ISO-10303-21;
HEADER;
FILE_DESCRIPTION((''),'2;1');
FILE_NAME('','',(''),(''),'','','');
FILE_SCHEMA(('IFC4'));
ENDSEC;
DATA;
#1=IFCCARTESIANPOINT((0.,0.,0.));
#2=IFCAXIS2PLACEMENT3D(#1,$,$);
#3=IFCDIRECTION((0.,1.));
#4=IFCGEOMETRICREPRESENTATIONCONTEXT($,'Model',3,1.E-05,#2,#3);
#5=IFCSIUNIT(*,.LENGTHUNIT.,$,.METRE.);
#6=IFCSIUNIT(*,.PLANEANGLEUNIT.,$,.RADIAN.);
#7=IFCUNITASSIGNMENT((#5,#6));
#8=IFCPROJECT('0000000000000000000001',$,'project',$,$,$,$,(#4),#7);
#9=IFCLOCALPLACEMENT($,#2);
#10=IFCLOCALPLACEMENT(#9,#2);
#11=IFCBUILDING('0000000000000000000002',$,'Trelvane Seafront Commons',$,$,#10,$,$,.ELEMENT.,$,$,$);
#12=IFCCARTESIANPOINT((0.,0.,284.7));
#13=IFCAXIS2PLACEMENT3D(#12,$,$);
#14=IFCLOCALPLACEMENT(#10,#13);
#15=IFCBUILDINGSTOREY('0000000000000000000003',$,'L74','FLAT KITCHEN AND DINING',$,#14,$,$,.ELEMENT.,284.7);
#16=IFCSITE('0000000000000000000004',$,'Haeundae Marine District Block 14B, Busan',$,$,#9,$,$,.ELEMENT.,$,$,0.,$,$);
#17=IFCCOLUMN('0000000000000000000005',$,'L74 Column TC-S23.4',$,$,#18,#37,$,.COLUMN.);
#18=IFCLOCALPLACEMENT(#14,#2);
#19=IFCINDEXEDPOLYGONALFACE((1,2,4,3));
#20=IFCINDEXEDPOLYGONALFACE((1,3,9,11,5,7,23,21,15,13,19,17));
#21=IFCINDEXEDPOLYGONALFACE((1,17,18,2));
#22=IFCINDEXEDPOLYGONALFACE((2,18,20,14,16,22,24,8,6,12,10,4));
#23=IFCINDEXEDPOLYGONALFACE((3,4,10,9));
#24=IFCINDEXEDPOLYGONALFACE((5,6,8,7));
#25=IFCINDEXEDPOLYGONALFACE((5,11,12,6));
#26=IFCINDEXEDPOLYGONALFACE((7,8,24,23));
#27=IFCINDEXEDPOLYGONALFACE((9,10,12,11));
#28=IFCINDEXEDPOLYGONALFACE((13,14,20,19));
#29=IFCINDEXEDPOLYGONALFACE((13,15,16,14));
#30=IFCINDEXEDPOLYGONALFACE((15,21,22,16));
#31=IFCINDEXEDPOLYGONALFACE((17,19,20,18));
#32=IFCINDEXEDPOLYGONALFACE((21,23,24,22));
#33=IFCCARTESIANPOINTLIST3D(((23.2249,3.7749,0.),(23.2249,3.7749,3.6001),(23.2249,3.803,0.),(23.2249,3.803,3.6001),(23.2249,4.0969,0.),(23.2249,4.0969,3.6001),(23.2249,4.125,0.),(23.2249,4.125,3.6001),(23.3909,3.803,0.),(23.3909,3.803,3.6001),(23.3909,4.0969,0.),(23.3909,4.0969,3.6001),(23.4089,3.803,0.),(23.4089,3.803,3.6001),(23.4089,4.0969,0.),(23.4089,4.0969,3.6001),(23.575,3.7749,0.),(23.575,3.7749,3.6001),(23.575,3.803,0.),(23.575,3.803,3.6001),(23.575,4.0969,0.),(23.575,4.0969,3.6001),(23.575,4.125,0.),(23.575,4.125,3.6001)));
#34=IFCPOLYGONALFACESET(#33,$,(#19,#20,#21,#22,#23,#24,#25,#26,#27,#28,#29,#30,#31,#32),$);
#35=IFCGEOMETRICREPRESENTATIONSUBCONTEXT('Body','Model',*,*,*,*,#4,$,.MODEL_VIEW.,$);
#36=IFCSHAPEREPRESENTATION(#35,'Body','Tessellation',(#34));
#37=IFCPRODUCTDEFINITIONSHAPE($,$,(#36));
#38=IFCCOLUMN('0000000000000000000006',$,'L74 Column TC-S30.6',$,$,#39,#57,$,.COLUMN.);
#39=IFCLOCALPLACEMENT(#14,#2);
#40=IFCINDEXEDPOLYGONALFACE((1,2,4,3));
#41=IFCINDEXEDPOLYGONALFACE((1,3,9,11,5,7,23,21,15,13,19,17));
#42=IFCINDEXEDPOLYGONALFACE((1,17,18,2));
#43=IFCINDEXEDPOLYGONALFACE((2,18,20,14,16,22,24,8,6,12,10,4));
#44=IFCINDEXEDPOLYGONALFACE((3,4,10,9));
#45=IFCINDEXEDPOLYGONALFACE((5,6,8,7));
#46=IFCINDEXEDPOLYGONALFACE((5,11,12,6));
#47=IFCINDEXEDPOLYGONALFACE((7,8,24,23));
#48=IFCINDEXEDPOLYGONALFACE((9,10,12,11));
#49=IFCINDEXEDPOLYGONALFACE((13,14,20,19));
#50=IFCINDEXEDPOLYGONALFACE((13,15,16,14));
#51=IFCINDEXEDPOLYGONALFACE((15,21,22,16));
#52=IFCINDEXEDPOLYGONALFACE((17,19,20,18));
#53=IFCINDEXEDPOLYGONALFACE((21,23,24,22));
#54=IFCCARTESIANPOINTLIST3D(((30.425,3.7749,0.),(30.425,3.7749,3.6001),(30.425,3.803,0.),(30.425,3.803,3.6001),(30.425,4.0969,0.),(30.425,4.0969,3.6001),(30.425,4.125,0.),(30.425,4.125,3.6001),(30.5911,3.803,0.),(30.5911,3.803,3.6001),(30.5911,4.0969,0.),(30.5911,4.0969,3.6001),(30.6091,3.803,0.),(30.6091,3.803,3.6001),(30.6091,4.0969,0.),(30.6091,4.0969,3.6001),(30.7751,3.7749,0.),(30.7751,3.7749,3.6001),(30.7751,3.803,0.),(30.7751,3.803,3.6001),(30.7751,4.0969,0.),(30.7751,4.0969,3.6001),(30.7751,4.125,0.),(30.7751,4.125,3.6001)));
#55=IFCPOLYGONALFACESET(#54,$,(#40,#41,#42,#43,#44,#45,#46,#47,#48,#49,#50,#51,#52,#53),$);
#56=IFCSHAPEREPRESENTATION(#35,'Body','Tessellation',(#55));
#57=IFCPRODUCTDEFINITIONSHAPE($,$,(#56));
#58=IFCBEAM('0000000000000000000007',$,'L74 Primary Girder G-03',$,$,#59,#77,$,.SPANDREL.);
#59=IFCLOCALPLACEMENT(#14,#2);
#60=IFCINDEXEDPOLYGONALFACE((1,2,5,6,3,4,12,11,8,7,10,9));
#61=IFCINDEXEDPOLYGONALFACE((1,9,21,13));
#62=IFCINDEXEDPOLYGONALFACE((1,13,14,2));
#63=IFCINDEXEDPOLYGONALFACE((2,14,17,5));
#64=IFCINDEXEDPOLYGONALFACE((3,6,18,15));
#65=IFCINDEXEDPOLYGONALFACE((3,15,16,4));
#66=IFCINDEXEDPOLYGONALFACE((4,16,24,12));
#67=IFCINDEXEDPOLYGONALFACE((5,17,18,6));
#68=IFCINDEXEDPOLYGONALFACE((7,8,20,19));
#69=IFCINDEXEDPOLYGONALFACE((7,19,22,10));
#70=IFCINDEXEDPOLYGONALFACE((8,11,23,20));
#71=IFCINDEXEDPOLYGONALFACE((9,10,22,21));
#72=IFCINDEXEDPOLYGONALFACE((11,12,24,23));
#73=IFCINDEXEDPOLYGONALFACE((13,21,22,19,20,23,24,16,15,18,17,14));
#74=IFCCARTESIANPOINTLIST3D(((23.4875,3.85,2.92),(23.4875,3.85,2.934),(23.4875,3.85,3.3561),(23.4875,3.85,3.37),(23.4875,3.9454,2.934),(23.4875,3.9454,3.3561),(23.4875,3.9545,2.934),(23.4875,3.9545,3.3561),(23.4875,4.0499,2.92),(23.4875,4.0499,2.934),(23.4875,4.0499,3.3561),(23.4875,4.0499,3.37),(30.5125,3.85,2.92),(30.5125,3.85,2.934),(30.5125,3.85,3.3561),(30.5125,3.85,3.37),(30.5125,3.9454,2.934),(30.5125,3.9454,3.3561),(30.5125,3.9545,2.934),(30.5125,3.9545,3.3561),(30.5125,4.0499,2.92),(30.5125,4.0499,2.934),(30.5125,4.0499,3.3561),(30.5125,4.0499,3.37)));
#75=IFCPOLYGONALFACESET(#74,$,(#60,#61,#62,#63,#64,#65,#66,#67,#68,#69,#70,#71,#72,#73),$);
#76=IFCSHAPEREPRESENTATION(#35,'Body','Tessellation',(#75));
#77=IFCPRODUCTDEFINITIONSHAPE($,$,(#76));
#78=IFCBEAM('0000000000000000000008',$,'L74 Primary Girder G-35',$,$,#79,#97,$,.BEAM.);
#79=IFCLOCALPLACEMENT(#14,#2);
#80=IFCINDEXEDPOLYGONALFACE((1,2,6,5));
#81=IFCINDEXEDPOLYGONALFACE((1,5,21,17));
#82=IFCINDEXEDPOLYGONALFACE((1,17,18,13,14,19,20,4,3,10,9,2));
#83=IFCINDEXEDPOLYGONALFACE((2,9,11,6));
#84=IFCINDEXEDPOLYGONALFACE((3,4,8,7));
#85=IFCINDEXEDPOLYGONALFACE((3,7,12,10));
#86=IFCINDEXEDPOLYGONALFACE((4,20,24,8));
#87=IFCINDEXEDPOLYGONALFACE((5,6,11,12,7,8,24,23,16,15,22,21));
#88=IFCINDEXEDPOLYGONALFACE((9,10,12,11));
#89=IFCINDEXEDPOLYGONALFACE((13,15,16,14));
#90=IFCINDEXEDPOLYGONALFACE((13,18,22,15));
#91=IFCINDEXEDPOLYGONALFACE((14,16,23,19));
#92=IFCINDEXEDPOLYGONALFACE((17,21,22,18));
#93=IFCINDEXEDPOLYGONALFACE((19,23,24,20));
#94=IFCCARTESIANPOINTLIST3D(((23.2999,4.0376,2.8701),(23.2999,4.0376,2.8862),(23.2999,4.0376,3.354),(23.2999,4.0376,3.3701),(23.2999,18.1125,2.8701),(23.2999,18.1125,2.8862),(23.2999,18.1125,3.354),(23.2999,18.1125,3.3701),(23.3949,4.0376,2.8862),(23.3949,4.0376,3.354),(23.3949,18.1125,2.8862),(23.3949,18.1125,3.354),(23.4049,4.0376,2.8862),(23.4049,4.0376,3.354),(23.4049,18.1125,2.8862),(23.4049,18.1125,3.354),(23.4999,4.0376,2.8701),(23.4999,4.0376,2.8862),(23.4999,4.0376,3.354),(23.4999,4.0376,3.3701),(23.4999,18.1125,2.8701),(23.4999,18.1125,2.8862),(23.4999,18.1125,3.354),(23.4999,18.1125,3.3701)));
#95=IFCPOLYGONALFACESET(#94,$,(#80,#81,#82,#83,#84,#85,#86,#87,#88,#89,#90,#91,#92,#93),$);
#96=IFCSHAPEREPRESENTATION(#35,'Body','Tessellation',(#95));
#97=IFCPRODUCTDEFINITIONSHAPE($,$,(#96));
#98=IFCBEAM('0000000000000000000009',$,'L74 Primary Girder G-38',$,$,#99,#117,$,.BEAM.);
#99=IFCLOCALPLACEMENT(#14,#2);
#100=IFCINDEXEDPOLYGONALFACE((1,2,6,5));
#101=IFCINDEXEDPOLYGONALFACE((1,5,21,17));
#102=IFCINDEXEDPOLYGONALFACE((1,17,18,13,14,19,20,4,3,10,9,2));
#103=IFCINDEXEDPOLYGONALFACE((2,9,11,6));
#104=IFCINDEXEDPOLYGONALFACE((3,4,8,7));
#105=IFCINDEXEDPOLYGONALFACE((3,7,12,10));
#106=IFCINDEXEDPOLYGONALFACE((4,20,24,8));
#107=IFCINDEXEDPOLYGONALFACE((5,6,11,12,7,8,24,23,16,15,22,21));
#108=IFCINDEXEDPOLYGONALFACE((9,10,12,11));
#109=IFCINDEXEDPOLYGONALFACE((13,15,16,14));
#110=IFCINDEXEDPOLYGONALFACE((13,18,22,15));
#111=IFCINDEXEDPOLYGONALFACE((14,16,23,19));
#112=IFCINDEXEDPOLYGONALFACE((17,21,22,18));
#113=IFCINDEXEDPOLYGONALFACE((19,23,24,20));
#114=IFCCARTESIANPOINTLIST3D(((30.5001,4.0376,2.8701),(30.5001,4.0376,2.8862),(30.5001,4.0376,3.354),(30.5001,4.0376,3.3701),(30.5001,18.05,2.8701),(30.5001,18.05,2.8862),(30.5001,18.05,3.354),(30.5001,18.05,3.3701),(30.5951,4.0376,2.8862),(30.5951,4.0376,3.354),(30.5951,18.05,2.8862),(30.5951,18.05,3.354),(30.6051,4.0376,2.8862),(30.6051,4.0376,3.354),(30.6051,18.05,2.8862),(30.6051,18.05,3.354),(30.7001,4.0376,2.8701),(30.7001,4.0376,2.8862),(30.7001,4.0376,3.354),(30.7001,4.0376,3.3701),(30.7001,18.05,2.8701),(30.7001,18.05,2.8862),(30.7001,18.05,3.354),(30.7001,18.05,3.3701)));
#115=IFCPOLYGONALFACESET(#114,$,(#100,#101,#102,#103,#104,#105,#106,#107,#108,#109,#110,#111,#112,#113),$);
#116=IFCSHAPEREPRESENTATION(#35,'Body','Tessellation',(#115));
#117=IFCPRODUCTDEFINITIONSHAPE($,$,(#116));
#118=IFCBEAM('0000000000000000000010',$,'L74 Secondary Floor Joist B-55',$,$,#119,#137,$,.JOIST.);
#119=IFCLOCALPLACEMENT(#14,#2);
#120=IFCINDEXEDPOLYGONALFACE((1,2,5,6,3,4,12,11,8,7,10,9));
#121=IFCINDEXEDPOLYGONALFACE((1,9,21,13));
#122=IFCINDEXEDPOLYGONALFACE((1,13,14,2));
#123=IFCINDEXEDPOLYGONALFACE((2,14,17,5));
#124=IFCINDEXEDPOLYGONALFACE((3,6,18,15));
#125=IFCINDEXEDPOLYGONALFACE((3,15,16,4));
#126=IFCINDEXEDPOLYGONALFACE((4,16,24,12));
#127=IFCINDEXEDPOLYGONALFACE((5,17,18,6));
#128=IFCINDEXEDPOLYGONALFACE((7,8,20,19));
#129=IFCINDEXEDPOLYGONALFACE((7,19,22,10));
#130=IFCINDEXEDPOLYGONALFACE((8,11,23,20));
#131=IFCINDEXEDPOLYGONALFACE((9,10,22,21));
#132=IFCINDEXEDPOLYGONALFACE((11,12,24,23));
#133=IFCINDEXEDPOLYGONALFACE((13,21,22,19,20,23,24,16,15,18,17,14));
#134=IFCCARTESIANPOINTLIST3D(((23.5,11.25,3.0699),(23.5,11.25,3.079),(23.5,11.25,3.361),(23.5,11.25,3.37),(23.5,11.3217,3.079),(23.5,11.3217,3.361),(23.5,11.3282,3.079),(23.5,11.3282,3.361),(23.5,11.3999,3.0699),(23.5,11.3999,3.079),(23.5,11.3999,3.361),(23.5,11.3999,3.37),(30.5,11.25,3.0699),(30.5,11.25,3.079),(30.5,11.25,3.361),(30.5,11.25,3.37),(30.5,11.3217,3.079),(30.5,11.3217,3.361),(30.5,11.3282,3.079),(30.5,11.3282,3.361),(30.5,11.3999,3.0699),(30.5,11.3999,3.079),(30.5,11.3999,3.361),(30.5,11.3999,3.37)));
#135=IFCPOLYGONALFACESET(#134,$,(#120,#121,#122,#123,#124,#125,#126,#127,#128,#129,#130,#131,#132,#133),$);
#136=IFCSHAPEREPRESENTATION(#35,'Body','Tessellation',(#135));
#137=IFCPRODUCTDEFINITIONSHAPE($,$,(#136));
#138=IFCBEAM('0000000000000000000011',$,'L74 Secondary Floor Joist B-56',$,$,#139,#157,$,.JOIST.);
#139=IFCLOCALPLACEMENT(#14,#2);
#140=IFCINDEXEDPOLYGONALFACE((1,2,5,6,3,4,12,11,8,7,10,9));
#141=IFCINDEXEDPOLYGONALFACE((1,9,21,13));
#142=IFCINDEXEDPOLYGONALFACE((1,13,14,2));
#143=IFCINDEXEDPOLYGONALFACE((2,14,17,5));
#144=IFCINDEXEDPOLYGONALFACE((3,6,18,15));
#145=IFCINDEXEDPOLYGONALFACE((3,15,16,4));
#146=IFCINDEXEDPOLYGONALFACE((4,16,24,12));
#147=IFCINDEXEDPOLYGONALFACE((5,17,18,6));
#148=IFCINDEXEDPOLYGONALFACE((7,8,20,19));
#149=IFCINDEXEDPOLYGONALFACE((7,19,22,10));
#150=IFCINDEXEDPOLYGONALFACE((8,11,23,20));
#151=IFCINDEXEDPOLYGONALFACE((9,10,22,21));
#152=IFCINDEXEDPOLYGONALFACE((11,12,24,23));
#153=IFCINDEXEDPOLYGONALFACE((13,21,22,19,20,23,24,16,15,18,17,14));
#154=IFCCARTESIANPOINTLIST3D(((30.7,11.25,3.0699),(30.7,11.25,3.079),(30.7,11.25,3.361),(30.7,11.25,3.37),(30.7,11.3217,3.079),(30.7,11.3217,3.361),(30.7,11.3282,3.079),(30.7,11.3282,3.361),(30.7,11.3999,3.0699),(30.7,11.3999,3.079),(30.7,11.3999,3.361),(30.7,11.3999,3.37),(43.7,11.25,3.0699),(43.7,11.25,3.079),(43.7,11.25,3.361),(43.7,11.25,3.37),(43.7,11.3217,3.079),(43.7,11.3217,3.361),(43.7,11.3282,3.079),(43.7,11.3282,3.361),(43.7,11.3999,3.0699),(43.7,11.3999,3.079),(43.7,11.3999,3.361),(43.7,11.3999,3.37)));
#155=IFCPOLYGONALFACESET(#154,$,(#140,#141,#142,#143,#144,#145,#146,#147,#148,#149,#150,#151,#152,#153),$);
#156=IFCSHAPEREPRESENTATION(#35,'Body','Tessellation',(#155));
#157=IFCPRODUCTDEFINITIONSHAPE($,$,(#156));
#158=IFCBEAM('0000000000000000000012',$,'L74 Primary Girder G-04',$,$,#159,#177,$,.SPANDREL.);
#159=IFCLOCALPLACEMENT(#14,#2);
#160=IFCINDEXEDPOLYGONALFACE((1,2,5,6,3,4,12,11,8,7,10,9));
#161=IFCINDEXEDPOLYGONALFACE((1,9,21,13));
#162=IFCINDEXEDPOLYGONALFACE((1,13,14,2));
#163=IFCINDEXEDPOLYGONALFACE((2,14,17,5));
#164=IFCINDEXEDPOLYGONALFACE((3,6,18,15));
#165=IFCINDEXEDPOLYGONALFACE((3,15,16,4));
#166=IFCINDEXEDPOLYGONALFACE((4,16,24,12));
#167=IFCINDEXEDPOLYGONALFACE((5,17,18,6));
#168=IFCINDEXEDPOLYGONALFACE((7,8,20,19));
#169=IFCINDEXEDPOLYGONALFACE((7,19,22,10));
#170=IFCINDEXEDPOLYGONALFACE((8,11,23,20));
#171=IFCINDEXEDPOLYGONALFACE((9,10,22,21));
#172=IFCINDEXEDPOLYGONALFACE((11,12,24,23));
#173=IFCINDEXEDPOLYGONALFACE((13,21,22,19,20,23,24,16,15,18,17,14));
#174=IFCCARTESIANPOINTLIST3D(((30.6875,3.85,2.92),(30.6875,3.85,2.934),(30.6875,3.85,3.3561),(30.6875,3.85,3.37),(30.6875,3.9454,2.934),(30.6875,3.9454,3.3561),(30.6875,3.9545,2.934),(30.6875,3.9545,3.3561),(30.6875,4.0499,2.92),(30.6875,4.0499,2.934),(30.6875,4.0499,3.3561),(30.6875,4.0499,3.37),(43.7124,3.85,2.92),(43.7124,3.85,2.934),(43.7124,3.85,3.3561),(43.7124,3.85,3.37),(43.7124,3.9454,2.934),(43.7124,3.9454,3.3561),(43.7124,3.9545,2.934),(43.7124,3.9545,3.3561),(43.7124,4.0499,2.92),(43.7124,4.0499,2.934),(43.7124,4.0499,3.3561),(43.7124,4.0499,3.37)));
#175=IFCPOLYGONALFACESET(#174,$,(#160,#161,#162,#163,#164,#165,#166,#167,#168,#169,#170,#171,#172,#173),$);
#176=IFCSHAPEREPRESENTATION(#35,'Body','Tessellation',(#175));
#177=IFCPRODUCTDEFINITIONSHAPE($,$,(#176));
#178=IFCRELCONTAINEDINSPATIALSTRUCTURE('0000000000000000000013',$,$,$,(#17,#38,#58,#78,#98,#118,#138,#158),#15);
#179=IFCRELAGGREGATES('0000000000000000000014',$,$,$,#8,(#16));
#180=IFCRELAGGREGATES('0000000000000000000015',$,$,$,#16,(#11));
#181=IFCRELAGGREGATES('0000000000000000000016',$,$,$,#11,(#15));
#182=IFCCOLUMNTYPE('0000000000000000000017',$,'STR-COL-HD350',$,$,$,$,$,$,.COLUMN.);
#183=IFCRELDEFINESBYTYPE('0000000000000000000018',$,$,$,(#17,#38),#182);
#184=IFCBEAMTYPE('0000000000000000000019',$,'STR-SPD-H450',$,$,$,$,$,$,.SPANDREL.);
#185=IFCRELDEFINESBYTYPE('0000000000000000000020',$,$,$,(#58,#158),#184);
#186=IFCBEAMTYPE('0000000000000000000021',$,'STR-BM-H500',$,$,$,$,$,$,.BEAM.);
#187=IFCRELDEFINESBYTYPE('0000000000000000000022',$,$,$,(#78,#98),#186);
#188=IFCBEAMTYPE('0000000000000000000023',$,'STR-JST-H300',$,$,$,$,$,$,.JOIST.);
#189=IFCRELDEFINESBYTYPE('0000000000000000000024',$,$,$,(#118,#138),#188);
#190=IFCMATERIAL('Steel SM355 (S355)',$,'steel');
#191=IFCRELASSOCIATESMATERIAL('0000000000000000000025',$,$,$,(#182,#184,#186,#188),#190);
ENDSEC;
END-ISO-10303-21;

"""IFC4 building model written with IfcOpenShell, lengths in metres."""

from ifc_helpers import new_model, si_unit, direction, frame, origin, origin_2d, place, context, subcontext, project, spatial, i_section, extrude, source, transform, mapped, material, material_profile, profile_set, type_object, element, save


model = new_model("IFC4")

# Units and contexts
model_context = context("Model", 3, precision=1e-05, world=origin(), true_north=direction((0.0, 1.0)))
body_context = subcontext(model_context, "Body", "Model", "MODEL_VIEW")
ifc_project = project(units=[si_unit("LENGTHUNIT", "METRE"), si_unit("PLANEANGLEUNIT", "RADIAN")], contexts=[model_context])

# Site, building, storey
site_placement = place(None, origin())
site = spatial("IfcSite", under=ifc_project, at=site_placement, Name="Haeundae Marine District Block 14B, Busan", CompositionType="ELEMENT", RefElevation=0.0)
building_placement = place(site_placement, origin())
building = spatial("IfcBuilding", under=site, at=building_placement, Name="Trelvane Seafront Commons", CompositionType="ELEMENT")
storey_placement = place(building_placement, frame((0.0, 0.0, 284.7)))
storey = spatial("IfcBuildingStorey", under=building, at=storey_placement, Name="L74", Description="FLAT KITCHEN AND DINING", CompositionType="ELEMENT", Elevation=284.7)

# Columns
ifc_material_1 = material(Name="Steel SM355 (S355)", Category="steel")
ifc_material_profile_1 = material_profile(ifc_material_1, i_section(OverallWidth=0.3501, OverallDepth=0.3501, WebThickness=0.0181, FlangeThickness=0.0281, at=origin_2d()), Name="HD-350x350x18x28")
ifc_profile_set_1 = profile_set([ifc_material_profile_1], Name="Steel SM355 (S355)")
column_type = type_object("IfcColumnType", Name="STR-COL-HD350", PredefinedType="COLUMN", material=ifc_profile_set_1)
shared_shape_1 = source(origin(), body_context, "Body", "SweptSolid", [
    extrude(i_section(OverallWidth=0.3501, OverallDepth=0.3501, WebThickness=0.0181, FlangeThickness=0.0281, at=origin_2d()), origin(), (0.0, 0.0, 1.0), 3.6001),
])
for number, where, z_axis, x_axis, name in (
    (1, (23.3999, 3.95, 0.0), (0.0, 0.0, 1.0), (1.0, 0.0, 0.0), "L74 Column TC-S23.4"),
    (2, (30.6001, 3.95, 0.0), (0.0, 0.0, 1.0), (1.0, 0.0, 0.0), "L74 Column TC-S30.6"),
):
    element("IfcColumn", number, at=place(storey_placement, frame(where, z_axis=z_axis, x_axis=x_axis)), inside=storey, type_object=column_type, Name=name, PredefinedType="COLUMN", context=body_context, shape_type="MappedRepresentation", body=[
        mapped(shared_shape_1, transform((0.0, 0.0, 0.0), x_axis=(1.0, 0.0, 0.0), y_axis=(0.0, 1.0, 0.0), z_axis=(0.0, 0.0, 1.0), scale=1.0)),
    ])

# Beams
ifc_material_profile_2 = material_profile(ifc_material_1, i_section(OverallWidth=0.2, OverallDepth=0.45, WebThickness=0.009, FlangeThickness=0.0139, at=origin_2d()), Name="H-450x200x9x14")
ifc_profile_set_2 = profile_set([ifc_material_profile_2], Name="Steel SM355 (S355)")
beam_type_1 = type_object("IfcBeamType", Name="STR-SPD-H450", PredefinedType="SPANDREL", material=ifc_profile_set_2)
shared_shape_2 = source(origin(), body_context, "Body", "SweptSolid", [
    extrude(i_section(OverallWidth=0.2, OverallDepth=0.45, WebThickness=0.009, FlangeThickness=0.0139, at=origin_2d()), origin(), (0.0, 0.0, 1.0), 7.0249),
])
beam_1_placement = place(storey_placement, frame((23.4875, 3.95, 3.145), z_axis=(1.0, 0.0, 0.0), x_axis=(0.0, 1.0, 0.0)))
element("IfcBeam", 3, at=beam_1_placement, inside=storey, type_object=beam_type_1, Name="L74 Primary Girder G-03", PredefinedType="SPANDREL", context=body_context, shape_type="MappedRepresentation", body=[
    mapped(shared_shape_2, transform((0.0, 0.0, 0.0), x_axis=(1.0, 0.0, 0.0), y_axis=(0.0, 1.0, 0.0), z_axis=(0.0, 0.0, 1.0), scale=1.0)),
])
ifc_material_profile_3 = material_profile(ifc_material_1, i_section(OverallWidth=0.2, OverallDepth=0.5, WebThickness=0.01, FlangeThickness=0.0161, at=origin_2d()), Name="H-500x200x10x16")
ifc_profile_set_3 = profile_set([ifc_material_profile_3], Name="Steel SM355 (S355)")
beam_type_2 = type_object("IfcBeamType", Name="STR-BM-H500", PredefinedType="BEAM", material=ifc_profile_set_3)
shared_shape_3 = source(origin(), body_context, "Body", "SweptSolid", [
    extrude(i_section(OverallWidth=0.2, OverallDepth=0.5, WebThickness=0.01, FlangeThickness=0.0161, at=origin_2d()), origin(), (0.0, 0.0, 1.0), 14.075),
])
beam_2_placement = place(storey_placement, frame((23.3999, 4.0376, 3.1201), z_axis=(0.0, 1.0, 0.0), x_axis=(-1.0, 0.0, 0.0)))
element("IfcBeam", 4, at=beam_2_placement, inside=storey, type_object=beam_type_2, Name="L74 Primary Girder G-35", PredefinedType="BEAM", context=body_context, shape_type="MappedRepresentation", body=[
    mapped(shared_shape_3, transform((0.0, 0.0, 0.0), x_axis=(1.0, 0.0, 0.0), y_axis=(0.0, 1.0, 0.0), z_axis=(0.0, 0.0, 1.0), scale=1.0)),
])
shared_shape_4 = source(origin(), body_context, "Body", "SweptSolid", [
    extrude(i_section(OverallWidth=0.2, OverallDepth=0.5, WebThickness=0.01, FlangeThickness=0.0161, at=origin_2d()), origin(), (0.0, 0.0, 1.0), 14.0125),
])
beam_3_placement = place(storey_placement, frame((30.6001, 4.0376, 3.1201), z_axis=(0.0, 1.0, 0.0), x_axis=(-1.0, 0.0, 0.0)))
element("IfcBeam", 5, at=beam_3_placement, inside=storey, type_object=beam_type_2, Name="L74 Primary Girder G-38", PredefinedType="BEAM", context=body_context, shape_type="MappedRepresentation", body=[
    mapped(shared_shape_4, transform((0.0, 0.0, 0.0), x_axis=(1.0, 0.0, 0.0), y_axis=(0.0, 1.0, 0.0), z_axis=(0.0, 0.0, 1.0), scale=1.0)),
])
ifc_material_profile_4 = material_profile(ifc_material_1, i_section(OverallWidth=0.1499, OverallDepth=0.3, WebThickness=0.0066, FlangeThickness=0.009, at=origin_2d()), Name="H-300x150x6.5x9")
ifc_profile_set_4 = profile_set([ifc_material_profile_4], Name="Steel SM355 (S355)")
beam_type_3 = type_object("IfcBeamType", Name="STR-JST-H300", PredefinedType="JOIST", material=ifc_profile_set_4)
shared_shape_5 = source(origin(), body_context, "Body", "SweptSolid", [
    extrude(i_section(OverallWidth=0.1499, OverallDepth=0.3, WebThickness=0.0066, FlangeThickness=0.009, at=origin_2d()), origin(), (0.0, 0.0, 1.0), 7.0),
])
beam_4_placement = place(storey_placement, frame((23.5, 11.325, 3.22), z_axis=(1.0, 0.0, 0.0), x_axis=(0.0, 1.0, 0.0)))
element("IfcBeam", 6, at=beam_4_placement, inside=storey, type_object=beam_type_3, Name="L74 Secondary Floor Joist B-55", PredefinedType="JOIST", context=body_context, shape_type="MappedRepresentation", body=[
    mapped(shared_shape_5, transform((0.0, 0.0, 0.0), x_axis=(1.0, 0.0, 0.0), y_axis=(0.0, 1.0, 0.0), z_axis=(0.0, 0.0, 1.0), scale=1.0)),
])
shared_shape_6 = source(origin(), body_context, "Body", "SweptSolid", [
    extrude(i_section(OverallWidth=0.1499, OverallDepth=0.3, WebThickness=0.0066, FlangeThickness=0.009, at=origin_2d()), origin(), (0.0, 0.0, 1.0), 13.0),
])
beam_5_placement = place(storey_placement, frame((30.7, 11.325, 3.22), z_axis=(1.0, 0.0, 0.0), x_axis=(0.0, 1.0, 0.0)))
element("IfcBeam", 7, at=beam_5_placement, inside=storey, type_object=beam_type_3, Name="L74 Secondary Floor Joist B-56", PredefinedType="JOIST", context=body_context, shape_type="MappedRepresentation", body=[
    mapped(shared_shape_6, transform((0.0, 0.0, 0.0), x_axis=(1.0, 0.0, 0.0), y_axis=(0.0, 1.0, 0.0), z_axis=(0.0, 0.0, 1.0), scale=1.0)),
])
shared_shape_7 = source(origin(), body_context, "Body", "SweptSolid", [
    extrude(i_section(OverallWidth=0.2, OverallDepth=0.45, WebThickness=0.009, FlangeThickness=0.0139, at=origin_2d()), origin(), (0.0, 0.0, 1.0), 13.0249),
])
beam_6_placement = place(storey_placement, frame((30.6875, 3.95, 3.145), z_axis=(1.0, 0.0, 0.0), x_axis=(0.0, 1.0, 0.0)))
element("IfcBeam", 8, at=beam_6_placement, inside=storey, type_object=beam_type_1, Name="L74 Primary Girder G-04", PredefinedType="SPANDREL", context=body_context, shape_type="MappedRepresentation", body=[
    mapped(shared_shape_7, transform((0.0, 0.0, 0.0), x_axis=(1.0, 0.0, 0.0), y_axis=(0.0, 1.0, 0.0), z_axis=(0.0, 0.0, 1.0), scale=1.0)),
])

save(model, "model.ifc")
